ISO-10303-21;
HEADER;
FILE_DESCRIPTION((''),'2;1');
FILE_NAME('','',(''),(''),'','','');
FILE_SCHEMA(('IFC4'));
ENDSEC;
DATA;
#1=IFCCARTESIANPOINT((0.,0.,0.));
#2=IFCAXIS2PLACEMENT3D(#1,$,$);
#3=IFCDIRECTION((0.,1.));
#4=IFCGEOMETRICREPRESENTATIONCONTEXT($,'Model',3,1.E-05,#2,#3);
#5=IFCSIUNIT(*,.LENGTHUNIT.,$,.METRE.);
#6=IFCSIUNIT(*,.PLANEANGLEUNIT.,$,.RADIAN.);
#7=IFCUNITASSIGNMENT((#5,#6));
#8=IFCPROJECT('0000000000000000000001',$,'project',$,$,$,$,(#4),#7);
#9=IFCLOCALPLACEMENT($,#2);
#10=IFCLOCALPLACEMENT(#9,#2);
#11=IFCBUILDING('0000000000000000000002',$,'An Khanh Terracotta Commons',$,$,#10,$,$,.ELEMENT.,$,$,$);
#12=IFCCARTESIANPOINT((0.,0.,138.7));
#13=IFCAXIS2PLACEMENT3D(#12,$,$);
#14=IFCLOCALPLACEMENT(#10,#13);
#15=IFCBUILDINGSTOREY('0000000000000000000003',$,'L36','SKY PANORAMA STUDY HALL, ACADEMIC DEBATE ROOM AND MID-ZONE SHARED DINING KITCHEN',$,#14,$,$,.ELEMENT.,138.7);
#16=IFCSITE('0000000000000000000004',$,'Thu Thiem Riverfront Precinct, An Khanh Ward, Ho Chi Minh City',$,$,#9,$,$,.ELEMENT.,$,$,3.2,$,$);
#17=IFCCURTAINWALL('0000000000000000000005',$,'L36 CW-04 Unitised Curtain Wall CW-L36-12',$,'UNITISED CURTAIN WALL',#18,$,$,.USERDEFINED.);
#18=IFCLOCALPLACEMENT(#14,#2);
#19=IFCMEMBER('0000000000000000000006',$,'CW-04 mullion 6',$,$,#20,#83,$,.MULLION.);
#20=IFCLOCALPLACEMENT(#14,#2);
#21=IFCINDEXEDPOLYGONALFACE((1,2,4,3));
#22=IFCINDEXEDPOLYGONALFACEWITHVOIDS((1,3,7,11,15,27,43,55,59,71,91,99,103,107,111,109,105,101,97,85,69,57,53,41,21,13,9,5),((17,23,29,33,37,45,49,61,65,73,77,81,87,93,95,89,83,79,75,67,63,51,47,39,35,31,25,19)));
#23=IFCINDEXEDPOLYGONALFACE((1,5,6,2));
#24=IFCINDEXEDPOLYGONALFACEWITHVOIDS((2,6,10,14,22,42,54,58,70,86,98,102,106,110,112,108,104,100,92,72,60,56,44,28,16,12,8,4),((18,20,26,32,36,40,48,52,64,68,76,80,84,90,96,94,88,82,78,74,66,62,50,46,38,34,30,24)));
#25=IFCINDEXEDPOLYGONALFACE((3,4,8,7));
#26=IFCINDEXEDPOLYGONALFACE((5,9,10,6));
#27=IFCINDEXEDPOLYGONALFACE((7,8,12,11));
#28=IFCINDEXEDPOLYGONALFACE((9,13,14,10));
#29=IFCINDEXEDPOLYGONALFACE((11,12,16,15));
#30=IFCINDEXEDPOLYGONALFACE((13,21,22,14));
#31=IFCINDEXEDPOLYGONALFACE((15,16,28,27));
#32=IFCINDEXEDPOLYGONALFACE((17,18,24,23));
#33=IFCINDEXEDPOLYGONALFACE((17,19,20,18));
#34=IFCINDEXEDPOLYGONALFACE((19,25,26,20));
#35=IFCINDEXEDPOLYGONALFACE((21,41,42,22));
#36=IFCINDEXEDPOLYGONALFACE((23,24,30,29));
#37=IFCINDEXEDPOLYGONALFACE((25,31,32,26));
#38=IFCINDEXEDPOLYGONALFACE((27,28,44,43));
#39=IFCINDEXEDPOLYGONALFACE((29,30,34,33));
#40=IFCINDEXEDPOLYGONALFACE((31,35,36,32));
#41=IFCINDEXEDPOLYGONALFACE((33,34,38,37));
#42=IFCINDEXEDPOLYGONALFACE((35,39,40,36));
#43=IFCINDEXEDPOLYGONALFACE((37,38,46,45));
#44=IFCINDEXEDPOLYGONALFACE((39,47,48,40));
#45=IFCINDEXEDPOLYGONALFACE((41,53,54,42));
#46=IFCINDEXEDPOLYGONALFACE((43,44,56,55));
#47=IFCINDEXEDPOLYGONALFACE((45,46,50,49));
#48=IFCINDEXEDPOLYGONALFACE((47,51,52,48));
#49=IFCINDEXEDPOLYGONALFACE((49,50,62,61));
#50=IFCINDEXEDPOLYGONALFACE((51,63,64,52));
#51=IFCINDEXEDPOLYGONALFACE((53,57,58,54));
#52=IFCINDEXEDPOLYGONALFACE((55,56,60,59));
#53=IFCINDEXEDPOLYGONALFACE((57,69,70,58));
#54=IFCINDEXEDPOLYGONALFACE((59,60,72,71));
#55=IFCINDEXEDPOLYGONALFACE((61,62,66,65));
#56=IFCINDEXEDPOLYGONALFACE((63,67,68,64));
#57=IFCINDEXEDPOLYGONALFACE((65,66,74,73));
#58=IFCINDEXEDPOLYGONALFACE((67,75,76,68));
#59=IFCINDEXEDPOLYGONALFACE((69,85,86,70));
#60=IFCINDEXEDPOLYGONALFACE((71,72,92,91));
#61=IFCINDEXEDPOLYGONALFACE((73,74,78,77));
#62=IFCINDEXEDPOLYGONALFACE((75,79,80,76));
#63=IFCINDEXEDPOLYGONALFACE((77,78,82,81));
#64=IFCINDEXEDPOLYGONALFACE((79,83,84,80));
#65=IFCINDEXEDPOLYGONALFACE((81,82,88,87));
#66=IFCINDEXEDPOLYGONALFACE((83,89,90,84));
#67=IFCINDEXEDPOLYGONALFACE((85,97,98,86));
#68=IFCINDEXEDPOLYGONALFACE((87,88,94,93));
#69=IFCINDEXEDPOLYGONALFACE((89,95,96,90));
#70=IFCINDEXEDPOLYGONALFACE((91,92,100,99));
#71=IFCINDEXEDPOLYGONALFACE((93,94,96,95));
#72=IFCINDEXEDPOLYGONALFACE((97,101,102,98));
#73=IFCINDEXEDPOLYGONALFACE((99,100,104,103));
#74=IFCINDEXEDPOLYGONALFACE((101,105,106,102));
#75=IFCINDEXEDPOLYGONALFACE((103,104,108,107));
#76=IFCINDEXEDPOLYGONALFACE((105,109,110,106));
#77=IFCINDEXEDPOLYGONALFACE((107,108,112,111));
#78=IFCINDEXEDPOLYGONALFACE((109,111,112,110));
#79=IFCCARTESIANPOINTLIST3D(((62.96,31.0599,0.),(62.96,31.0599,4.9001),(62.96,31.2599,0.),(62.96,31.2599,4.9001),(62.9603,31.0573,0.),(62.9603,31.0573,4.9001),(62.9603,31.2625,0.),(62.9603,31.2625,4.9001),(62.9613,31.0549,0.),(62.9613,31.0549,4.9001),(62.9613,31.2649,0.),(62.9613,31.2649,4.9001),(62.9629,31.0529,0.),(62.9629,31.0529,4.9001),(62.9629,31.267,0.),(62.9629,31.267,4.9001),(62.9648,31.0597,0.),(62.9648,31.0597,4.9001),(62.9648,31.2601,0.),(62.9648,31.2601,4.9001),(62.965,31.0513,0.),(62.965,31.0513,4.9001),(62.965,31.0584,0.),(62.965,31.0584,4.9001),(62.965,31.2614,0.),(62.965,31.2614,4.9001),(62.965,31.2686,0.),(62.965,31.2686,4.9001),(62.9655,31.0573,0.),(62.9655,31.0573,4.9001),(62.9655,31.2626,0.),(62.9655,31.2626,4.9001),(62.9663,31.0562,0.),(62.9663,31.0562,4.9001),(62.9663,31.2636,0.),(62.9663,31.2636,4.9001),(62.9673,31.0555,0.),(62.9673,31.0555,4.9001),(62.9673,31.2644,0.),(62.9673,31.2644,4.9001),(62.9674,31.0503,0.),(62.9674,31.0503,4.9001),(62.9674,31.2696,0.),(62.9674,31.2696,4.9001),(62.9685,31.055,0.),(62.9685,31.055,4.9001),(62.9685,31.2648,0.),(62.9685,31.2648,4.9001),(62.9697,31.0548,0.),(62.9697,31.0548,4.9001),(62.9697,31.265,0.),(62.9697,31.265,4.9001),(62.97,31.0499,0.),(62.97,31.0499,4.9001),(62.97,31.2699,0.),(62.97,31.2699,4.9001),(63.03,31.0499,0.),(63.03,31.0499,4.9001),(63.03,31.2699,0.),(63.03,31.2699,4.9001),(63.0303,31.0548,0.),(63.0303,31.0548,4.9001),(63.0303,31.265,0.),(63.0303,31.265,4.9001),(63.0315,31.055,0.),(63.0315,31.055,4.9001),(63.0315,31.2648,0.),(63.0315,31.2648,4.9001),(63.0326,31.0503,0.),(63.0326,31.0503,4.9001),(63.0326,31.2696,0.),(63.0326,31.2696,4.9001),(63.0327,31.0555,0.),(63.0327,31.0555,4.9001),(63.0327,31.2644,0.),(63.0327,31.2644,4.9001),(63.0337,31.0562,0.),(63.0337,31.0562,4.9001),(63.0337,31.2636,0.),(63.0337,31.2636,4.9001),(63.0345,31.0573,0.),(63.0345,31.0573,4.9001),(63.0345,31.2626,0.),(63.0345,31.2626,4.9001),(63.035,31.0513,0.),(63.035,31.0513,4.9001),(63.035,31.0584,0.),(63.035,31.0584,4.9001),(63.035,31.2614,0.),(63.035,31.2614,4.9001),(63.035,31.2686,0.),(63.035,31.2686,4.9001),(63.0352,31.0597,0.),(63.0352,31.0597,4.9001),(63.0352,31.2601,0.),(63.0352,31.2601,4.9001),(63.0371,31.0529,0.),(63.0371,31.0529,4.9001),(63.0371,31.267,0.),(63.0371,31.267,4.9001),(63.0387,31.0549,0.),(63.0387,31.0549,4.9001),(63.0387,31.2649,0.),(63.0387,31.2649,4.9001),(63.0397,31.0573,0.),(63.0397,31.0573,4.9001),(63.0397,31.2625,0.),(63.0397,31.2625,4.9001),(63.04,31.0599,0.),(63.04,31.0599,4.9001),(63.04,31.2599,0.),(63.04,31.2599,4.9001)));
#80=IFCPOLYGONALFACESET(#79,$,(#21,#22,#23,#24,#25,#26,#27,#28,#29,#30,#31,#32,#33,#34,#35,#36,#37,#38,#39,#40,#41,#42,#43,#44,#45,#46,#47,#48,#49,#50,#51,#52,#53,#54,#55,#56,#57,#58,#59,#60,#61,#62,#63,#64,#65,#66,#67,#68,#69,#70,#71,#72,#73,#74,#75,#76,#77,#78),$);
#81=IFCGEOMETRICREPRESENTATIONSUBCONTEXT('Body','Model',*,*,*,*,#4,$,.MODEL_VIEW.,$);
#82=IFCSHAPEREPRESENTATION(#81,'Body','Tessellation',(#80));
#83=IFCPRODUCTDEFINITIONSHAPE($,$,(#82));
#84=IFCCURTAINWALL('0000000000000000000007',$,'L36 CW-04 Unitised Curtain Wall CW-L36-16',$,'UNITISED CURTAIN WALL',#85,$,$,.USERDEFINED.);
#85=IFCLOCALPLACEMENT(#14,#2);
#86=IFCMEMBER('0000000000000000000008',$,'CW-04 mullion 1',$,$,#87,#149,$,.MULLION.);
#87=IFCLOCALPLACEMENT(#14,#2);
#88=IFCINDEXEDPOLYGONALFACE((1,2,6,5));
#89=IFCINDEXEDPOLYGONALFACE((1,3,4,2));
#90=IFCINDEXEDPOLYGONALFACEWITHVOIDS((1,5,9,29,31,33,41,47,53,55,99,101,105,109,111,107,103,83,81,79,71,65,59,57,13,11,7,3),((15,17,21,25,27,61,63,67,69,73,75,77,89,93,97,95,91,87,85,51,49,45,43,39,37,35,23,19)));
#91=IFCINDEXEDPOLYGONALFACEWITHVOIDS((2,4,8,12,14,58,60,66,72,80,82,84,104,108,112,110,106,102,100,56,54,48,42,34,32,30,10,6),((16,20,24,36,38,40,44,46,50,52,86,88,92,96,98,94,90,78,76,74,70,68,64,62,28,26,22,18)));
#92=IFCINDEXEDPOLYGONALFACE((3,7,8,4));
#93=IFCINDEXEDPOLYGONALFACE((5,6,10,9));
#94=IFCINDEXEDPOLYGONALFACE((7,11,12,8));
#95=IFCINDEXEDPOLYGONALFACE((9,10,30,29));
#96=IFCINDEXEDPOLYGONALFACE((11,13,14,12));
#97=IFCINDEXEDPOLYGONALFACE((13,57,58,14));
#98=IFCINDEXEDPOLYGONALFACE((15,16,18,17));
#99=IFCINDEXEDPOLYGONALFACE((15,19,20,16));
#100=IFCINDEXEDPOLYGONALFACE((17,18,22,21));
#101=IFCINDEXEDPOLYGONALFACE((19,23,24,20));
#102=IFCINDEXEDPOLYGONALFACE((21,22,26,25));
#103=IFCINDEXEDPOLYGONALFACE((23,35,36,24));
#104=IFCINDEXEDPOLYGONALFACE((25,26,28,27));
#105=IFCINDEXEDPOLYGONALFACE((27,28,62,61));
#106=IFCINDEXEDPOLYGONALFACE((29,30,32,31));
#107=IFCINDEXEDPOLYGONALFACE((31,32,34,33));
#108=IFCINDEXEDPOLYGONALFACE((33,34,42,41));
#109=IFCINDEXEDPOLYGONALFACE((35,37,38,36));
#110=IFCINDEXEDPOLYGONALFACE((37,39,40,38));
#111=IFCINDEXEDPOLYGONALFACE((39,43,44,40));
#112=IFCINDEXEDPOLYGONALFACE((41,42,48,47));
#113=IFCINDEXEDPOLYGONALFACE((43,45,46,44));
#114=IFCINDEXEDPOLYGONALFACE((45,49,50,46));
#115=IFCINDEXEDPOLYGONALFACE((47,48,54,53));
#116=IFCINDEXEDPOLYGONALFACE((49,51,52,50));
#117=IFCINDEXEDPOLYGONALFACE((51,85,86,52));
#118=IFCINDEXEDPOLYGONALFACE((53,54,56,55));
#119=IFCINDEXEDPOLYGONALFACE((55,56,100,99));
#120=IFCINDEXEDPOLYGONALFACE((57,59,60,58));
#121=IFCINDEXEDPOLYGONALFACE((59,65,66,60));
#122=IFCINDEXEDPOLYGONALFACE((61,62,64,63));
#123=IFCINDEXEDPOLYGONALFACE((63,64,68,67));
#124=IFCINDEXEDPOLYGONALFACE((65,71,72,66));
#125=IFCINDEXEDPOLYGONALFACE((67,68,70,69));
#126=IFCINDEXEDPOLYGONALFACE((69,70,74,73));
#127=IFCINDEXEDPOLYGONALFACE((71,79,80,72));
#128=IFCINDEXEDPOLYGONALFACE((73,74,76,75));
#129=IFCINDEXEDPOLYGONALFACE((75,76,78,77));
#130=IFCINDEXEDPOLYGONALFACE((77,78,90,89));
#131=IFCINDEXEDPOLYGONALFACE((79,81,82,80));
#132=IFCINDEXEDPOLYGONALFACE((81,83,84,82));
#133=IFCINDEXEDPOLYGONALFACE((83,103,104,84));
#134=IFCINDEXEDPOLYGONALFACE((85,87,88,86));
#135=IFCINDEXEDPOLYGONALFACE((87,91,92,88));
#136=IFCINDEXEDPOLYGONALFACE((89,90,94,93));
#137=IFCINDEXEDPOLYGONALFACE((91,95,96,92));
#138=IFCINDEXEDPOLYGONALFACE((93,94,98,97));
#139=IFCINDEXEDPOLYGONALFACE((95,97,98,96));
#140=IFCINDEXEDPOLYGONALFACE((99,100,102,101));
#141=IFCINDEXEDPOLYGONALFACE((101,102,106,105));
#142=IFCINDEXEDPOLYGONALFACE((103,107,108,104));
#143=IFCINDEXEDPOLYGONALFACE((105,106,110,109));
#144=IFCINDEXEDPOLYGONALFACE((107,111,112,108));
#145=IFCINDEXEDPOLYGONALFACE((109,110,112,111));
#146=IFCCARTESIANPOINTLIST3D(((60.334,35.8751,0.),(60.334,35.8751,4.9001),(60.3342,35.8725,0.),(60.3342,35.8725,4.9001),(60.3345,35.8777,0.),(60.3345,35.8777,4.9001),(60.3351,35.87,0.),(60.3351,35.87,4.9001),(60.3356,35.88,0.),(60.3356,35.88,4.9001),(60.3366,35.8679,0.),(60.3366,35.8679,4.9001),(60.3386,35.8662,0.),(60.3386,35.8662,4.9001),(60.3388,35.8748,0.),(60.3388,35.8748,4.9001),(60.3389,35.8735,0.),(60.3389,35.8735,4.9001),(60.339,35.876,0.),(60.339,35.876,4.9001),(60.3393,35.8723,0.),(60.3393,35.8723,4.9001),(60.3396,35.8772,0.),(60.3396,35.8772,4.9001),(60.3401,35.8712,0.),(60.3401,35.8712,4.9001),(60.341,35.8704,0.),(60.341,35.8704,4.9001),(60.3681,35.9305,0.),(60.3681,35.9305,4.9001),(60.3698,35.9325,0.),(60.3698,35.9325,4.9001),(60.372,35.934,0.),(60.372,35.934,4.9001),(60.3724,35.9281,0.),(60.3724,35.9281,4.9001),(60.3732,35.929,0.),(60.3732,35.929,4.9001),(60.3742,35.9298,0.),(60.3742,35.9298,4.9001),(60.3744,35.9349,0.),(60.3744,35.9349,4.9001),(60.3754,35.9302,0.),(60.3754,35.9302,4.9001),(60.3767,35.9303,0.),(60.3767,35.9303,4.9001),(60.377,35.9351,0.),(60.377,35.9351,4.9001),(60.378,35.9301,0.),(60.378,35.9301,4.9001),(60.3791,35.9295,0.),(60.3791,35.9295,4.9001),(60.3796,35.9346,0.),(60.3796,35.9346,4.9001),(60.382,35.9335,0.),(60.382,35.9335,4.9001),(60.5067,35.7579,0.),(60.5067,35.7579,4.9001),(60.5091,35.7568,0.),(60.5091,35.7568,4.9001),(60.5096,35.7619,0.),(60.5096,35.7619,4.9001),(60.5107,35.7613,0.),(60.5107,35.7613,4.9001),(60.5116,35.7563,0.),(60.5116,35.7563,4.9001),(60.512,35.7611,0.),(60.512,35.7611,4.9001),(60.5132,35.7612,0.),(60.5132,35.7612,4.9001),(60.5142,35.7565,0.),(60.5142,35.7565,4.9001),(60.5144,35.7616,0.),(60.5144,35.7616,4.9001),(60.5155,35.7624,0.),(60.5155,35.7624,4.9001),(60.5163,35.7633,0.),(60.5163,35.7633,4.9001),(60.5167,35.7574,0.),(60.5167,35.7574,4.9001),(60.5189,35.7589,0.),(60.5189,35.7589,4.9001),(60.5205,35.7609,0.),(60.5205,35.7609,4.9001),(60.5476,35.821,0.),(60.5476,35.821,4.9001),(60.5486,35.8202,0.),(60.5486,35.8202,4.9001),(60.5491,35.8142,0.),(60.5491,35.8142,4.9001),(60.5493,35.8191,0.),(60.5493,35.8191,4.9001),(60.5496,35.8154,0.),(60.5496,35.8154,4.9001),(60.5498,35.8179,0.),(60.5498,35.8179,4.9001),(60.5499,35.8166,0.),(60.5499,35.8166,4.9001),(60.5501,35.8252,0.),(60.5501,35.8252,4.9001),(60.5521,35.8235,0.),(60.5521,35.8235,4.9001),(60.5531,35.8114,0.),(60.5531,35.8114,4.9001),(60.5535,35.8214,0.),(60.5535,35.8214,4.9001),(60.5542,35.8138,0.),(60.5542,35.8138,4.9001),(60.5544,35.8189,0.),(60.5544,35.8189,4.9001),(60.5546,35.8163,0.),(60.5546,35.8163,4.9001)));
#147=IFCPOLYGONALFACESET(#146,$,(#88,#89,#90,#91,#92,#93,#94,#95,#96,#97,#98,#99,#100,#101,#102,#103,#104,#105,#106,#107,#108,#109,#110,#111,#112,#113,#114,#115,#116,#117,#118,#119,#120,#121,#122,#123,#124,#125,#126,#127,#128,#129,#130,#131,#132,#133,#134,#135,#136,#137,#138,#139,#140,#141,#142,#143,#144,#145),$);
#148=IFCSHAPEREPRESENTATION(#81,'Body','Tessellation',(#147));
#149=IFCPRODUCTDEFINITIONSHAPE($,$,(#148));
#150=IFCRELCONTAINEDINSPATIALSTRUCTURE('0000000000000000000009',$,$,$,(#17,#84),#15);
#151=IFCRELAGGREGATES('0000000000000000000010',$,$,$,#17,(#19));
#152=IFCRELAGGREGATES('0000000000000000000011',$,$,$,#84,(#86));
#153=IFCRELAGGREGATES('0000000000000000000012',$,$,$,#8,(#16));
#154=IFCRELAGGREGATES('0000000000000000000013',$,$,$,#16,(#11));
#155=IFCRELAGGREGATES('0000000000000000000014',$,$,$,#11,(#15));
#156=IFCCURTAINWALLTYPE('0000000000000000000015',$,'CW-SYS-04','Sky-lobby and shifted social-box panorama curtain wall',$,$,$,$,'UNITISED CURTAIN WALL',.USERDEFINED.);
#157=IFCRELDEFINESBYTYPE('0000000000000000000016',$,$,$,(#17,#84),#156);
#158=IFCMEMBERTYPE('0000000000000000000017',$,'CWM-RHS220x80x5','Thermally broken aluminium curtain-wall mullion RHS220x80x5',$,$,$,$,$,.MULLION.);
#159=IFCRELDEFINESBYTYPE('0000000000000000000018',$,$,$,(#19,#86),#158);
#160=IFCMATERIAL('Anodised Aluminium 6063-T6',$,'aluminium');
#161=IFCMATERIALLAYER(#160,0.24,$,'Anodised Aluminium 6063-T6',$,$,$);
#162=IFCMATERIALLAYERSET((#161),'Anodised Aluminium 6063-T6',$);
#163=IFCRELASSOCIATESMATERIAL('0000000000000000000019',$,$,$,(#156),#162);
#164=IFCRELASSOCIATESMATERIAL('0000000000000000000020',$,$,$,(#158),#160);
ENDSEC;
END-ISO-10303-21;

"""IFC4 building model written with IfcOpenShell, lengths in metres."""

from ifc_helpers import new_model, si_unit, direction, frame, origin, origin_2d, place, context, subcontext, project, spatial, hollow_rectangle, extrude, material, layer, layer_set, material_profile, profile_set, type_object, element, aggregate, save


model = new_model("IFC4")

# Units and contexts
model_context = context("Model", 3, precision=1e-05, world=origin(), true_north=direction((0.0, 1.0)))
body_context = subcontext(model_context, "Body", "Model", "MODEL_VIEW")
ifc_project = project(units=[si_unit("LENGTHUNIT", "METRE"), si_unit("PLANEANGLEUNIT", "RADIAN")], contexts=[model_context])

# Site, building, storey
site_placement = place(None, origin())
site = spatial("IfcSite", under=ifc_project, at=site_placement, Name="Thu Thiem Riverfront Precinct, An Khanh Ward, Ho Chi Minh City", CompositionType="ELEMENT", RefElevation=3.2)
building_placement = place(site_placement, origin())
building = spatial("IfcBuilding", under=site, at=building_placement, Name="An Khanh Terracotta Commons", CompositionType="ELEMENT")
storey_placement = place(building_placement, frame((0.0, 0.0, 138.7)))
storey = spatial("IfcBuildingStorey", under=building, at=storey_placement, Name="L36", Description="SKY PANORAMA STUDY HALL, ACADEMIC DEBATE ROOM AND MID-ZONE SHARED DINING KITCHEN", CompositionType="ELEMENT", Elevation=138.7)

# Curtain walls, members
ifc_material_1 = material(Name="Anodised Aluminium 6063-T6", Category="aluminium")
ifc_layer_1 = layer(ifc_material_1, 0.24, Name="Anodised Aluminium 6063-T6")
ifc_layer_set_1 = layer_set([ifc_layer_1], Name="Anodised Aluminium 6063-T6")
curtain_wall_type = type_object("IfcCurtainWallType", Name="CW-SYS-04", Description="Sky-lobby and shifted social-box panorama curtain wall", ElementType="UNITISED CURTAIN WALL", PredefinedType="USERDEFINED", material=ifc_layer_set_1)
curtain_wall_1_placement = place(storey_placement, origin())
curtain_wall_1 = element("IfcCurtainWall", 1, at=curtain_wall_1_placement, inside=storey, type_object=curtain_wall_type, Name="L36 CW-04 Unitised Curtain Wall CW-L36-12", ObjectType="UNITISED CURTAIN WALL", PredefinedType="USERDEFINED")
ifc_material_profile_1 = material_profile(ifc_material_1, hollow_rectangle(XDim=0.0801, YDim=0.22, WallThickness=0.0049, InnerFilletRadius=0.0049, OuterFilletRadius=0.01, at=origin_2d()), Name="RHS220x80x5")
ifc_profile_set_1 = profile_set([ifc_material_profile_1], Name="Anodised Aluminium 6063-T6")
member_type_1 = type_object("IfcMemberType", Name="CWM-RHS220x80x5", Description="Thermally broken aluminium curtain-wall mullion RHS220x80x5", PredefinedType="MULLION", material=ifc_profile_set_1)
member_1_placement = place(storey_placement, frame((63.0, 31.1599, 0.0), z_axis=(0.0, 0.0, 1.0), x_axis=(-1.0, 0.0, 0.0)))
member_1 = element("IfcMember", 2, at=member_1_placement, type_object=member_type_1, Name="CW-04 mullion 6", PredefinedType="MULLION", context=body_context, shape_type="SweptSolid", body=[
    extrude(hollow_rectangle(XDim=0.0801, YDim=0.22, WallThickness=0.0049, InnerFilletRadius=0.0049, OuterFilletRadius=0.01, at=origin_2d()), origin(), (0.0, 0.0, 1.0), 4.9001),
])
curtain_wall_2_placement = place(storey_placement, origin())
curtain_wall_2 = element("IfcCurtainWall", 3, at=curtain_wall_2_placement, inside=storey, type_object=curtain_wall_type, Name="L36 CW-04 Unitised Curtain Wall CW-L36-16", ObjectType="UNITISED CURTAIN WALL", PredefinedType="USERDEFINED")
member_2_placement = place(storey_placement, frame((60.4443, 35.8457, 0.0), z_axis=(0.0, 0.0, 1.0), x_axis=(-0.541498, -0.840702, 0.0)))
member_2 = element("IfcMember", 4, at=member_2_placement, type_object=member_type_1, Name="CW-04 mullion 1", PredefinedType="MULLION", context=body_context, shape_type="SweptSolid", body=[
    extrude(hollow_rectangle(XDim=0.0801, YDim=0.22, WallThickness=0.0049, InnerFilletRadius=0.0049, OuterFilletRadius=0.01, at=origin_2d()), origin(), (0.0, 0.0, 1.0), 4.9001),
])

aggregate(curtain_wall_1, [member_1])
aggregate(curtain_wall_2, [member_2])

save(model, "model.ifc")
